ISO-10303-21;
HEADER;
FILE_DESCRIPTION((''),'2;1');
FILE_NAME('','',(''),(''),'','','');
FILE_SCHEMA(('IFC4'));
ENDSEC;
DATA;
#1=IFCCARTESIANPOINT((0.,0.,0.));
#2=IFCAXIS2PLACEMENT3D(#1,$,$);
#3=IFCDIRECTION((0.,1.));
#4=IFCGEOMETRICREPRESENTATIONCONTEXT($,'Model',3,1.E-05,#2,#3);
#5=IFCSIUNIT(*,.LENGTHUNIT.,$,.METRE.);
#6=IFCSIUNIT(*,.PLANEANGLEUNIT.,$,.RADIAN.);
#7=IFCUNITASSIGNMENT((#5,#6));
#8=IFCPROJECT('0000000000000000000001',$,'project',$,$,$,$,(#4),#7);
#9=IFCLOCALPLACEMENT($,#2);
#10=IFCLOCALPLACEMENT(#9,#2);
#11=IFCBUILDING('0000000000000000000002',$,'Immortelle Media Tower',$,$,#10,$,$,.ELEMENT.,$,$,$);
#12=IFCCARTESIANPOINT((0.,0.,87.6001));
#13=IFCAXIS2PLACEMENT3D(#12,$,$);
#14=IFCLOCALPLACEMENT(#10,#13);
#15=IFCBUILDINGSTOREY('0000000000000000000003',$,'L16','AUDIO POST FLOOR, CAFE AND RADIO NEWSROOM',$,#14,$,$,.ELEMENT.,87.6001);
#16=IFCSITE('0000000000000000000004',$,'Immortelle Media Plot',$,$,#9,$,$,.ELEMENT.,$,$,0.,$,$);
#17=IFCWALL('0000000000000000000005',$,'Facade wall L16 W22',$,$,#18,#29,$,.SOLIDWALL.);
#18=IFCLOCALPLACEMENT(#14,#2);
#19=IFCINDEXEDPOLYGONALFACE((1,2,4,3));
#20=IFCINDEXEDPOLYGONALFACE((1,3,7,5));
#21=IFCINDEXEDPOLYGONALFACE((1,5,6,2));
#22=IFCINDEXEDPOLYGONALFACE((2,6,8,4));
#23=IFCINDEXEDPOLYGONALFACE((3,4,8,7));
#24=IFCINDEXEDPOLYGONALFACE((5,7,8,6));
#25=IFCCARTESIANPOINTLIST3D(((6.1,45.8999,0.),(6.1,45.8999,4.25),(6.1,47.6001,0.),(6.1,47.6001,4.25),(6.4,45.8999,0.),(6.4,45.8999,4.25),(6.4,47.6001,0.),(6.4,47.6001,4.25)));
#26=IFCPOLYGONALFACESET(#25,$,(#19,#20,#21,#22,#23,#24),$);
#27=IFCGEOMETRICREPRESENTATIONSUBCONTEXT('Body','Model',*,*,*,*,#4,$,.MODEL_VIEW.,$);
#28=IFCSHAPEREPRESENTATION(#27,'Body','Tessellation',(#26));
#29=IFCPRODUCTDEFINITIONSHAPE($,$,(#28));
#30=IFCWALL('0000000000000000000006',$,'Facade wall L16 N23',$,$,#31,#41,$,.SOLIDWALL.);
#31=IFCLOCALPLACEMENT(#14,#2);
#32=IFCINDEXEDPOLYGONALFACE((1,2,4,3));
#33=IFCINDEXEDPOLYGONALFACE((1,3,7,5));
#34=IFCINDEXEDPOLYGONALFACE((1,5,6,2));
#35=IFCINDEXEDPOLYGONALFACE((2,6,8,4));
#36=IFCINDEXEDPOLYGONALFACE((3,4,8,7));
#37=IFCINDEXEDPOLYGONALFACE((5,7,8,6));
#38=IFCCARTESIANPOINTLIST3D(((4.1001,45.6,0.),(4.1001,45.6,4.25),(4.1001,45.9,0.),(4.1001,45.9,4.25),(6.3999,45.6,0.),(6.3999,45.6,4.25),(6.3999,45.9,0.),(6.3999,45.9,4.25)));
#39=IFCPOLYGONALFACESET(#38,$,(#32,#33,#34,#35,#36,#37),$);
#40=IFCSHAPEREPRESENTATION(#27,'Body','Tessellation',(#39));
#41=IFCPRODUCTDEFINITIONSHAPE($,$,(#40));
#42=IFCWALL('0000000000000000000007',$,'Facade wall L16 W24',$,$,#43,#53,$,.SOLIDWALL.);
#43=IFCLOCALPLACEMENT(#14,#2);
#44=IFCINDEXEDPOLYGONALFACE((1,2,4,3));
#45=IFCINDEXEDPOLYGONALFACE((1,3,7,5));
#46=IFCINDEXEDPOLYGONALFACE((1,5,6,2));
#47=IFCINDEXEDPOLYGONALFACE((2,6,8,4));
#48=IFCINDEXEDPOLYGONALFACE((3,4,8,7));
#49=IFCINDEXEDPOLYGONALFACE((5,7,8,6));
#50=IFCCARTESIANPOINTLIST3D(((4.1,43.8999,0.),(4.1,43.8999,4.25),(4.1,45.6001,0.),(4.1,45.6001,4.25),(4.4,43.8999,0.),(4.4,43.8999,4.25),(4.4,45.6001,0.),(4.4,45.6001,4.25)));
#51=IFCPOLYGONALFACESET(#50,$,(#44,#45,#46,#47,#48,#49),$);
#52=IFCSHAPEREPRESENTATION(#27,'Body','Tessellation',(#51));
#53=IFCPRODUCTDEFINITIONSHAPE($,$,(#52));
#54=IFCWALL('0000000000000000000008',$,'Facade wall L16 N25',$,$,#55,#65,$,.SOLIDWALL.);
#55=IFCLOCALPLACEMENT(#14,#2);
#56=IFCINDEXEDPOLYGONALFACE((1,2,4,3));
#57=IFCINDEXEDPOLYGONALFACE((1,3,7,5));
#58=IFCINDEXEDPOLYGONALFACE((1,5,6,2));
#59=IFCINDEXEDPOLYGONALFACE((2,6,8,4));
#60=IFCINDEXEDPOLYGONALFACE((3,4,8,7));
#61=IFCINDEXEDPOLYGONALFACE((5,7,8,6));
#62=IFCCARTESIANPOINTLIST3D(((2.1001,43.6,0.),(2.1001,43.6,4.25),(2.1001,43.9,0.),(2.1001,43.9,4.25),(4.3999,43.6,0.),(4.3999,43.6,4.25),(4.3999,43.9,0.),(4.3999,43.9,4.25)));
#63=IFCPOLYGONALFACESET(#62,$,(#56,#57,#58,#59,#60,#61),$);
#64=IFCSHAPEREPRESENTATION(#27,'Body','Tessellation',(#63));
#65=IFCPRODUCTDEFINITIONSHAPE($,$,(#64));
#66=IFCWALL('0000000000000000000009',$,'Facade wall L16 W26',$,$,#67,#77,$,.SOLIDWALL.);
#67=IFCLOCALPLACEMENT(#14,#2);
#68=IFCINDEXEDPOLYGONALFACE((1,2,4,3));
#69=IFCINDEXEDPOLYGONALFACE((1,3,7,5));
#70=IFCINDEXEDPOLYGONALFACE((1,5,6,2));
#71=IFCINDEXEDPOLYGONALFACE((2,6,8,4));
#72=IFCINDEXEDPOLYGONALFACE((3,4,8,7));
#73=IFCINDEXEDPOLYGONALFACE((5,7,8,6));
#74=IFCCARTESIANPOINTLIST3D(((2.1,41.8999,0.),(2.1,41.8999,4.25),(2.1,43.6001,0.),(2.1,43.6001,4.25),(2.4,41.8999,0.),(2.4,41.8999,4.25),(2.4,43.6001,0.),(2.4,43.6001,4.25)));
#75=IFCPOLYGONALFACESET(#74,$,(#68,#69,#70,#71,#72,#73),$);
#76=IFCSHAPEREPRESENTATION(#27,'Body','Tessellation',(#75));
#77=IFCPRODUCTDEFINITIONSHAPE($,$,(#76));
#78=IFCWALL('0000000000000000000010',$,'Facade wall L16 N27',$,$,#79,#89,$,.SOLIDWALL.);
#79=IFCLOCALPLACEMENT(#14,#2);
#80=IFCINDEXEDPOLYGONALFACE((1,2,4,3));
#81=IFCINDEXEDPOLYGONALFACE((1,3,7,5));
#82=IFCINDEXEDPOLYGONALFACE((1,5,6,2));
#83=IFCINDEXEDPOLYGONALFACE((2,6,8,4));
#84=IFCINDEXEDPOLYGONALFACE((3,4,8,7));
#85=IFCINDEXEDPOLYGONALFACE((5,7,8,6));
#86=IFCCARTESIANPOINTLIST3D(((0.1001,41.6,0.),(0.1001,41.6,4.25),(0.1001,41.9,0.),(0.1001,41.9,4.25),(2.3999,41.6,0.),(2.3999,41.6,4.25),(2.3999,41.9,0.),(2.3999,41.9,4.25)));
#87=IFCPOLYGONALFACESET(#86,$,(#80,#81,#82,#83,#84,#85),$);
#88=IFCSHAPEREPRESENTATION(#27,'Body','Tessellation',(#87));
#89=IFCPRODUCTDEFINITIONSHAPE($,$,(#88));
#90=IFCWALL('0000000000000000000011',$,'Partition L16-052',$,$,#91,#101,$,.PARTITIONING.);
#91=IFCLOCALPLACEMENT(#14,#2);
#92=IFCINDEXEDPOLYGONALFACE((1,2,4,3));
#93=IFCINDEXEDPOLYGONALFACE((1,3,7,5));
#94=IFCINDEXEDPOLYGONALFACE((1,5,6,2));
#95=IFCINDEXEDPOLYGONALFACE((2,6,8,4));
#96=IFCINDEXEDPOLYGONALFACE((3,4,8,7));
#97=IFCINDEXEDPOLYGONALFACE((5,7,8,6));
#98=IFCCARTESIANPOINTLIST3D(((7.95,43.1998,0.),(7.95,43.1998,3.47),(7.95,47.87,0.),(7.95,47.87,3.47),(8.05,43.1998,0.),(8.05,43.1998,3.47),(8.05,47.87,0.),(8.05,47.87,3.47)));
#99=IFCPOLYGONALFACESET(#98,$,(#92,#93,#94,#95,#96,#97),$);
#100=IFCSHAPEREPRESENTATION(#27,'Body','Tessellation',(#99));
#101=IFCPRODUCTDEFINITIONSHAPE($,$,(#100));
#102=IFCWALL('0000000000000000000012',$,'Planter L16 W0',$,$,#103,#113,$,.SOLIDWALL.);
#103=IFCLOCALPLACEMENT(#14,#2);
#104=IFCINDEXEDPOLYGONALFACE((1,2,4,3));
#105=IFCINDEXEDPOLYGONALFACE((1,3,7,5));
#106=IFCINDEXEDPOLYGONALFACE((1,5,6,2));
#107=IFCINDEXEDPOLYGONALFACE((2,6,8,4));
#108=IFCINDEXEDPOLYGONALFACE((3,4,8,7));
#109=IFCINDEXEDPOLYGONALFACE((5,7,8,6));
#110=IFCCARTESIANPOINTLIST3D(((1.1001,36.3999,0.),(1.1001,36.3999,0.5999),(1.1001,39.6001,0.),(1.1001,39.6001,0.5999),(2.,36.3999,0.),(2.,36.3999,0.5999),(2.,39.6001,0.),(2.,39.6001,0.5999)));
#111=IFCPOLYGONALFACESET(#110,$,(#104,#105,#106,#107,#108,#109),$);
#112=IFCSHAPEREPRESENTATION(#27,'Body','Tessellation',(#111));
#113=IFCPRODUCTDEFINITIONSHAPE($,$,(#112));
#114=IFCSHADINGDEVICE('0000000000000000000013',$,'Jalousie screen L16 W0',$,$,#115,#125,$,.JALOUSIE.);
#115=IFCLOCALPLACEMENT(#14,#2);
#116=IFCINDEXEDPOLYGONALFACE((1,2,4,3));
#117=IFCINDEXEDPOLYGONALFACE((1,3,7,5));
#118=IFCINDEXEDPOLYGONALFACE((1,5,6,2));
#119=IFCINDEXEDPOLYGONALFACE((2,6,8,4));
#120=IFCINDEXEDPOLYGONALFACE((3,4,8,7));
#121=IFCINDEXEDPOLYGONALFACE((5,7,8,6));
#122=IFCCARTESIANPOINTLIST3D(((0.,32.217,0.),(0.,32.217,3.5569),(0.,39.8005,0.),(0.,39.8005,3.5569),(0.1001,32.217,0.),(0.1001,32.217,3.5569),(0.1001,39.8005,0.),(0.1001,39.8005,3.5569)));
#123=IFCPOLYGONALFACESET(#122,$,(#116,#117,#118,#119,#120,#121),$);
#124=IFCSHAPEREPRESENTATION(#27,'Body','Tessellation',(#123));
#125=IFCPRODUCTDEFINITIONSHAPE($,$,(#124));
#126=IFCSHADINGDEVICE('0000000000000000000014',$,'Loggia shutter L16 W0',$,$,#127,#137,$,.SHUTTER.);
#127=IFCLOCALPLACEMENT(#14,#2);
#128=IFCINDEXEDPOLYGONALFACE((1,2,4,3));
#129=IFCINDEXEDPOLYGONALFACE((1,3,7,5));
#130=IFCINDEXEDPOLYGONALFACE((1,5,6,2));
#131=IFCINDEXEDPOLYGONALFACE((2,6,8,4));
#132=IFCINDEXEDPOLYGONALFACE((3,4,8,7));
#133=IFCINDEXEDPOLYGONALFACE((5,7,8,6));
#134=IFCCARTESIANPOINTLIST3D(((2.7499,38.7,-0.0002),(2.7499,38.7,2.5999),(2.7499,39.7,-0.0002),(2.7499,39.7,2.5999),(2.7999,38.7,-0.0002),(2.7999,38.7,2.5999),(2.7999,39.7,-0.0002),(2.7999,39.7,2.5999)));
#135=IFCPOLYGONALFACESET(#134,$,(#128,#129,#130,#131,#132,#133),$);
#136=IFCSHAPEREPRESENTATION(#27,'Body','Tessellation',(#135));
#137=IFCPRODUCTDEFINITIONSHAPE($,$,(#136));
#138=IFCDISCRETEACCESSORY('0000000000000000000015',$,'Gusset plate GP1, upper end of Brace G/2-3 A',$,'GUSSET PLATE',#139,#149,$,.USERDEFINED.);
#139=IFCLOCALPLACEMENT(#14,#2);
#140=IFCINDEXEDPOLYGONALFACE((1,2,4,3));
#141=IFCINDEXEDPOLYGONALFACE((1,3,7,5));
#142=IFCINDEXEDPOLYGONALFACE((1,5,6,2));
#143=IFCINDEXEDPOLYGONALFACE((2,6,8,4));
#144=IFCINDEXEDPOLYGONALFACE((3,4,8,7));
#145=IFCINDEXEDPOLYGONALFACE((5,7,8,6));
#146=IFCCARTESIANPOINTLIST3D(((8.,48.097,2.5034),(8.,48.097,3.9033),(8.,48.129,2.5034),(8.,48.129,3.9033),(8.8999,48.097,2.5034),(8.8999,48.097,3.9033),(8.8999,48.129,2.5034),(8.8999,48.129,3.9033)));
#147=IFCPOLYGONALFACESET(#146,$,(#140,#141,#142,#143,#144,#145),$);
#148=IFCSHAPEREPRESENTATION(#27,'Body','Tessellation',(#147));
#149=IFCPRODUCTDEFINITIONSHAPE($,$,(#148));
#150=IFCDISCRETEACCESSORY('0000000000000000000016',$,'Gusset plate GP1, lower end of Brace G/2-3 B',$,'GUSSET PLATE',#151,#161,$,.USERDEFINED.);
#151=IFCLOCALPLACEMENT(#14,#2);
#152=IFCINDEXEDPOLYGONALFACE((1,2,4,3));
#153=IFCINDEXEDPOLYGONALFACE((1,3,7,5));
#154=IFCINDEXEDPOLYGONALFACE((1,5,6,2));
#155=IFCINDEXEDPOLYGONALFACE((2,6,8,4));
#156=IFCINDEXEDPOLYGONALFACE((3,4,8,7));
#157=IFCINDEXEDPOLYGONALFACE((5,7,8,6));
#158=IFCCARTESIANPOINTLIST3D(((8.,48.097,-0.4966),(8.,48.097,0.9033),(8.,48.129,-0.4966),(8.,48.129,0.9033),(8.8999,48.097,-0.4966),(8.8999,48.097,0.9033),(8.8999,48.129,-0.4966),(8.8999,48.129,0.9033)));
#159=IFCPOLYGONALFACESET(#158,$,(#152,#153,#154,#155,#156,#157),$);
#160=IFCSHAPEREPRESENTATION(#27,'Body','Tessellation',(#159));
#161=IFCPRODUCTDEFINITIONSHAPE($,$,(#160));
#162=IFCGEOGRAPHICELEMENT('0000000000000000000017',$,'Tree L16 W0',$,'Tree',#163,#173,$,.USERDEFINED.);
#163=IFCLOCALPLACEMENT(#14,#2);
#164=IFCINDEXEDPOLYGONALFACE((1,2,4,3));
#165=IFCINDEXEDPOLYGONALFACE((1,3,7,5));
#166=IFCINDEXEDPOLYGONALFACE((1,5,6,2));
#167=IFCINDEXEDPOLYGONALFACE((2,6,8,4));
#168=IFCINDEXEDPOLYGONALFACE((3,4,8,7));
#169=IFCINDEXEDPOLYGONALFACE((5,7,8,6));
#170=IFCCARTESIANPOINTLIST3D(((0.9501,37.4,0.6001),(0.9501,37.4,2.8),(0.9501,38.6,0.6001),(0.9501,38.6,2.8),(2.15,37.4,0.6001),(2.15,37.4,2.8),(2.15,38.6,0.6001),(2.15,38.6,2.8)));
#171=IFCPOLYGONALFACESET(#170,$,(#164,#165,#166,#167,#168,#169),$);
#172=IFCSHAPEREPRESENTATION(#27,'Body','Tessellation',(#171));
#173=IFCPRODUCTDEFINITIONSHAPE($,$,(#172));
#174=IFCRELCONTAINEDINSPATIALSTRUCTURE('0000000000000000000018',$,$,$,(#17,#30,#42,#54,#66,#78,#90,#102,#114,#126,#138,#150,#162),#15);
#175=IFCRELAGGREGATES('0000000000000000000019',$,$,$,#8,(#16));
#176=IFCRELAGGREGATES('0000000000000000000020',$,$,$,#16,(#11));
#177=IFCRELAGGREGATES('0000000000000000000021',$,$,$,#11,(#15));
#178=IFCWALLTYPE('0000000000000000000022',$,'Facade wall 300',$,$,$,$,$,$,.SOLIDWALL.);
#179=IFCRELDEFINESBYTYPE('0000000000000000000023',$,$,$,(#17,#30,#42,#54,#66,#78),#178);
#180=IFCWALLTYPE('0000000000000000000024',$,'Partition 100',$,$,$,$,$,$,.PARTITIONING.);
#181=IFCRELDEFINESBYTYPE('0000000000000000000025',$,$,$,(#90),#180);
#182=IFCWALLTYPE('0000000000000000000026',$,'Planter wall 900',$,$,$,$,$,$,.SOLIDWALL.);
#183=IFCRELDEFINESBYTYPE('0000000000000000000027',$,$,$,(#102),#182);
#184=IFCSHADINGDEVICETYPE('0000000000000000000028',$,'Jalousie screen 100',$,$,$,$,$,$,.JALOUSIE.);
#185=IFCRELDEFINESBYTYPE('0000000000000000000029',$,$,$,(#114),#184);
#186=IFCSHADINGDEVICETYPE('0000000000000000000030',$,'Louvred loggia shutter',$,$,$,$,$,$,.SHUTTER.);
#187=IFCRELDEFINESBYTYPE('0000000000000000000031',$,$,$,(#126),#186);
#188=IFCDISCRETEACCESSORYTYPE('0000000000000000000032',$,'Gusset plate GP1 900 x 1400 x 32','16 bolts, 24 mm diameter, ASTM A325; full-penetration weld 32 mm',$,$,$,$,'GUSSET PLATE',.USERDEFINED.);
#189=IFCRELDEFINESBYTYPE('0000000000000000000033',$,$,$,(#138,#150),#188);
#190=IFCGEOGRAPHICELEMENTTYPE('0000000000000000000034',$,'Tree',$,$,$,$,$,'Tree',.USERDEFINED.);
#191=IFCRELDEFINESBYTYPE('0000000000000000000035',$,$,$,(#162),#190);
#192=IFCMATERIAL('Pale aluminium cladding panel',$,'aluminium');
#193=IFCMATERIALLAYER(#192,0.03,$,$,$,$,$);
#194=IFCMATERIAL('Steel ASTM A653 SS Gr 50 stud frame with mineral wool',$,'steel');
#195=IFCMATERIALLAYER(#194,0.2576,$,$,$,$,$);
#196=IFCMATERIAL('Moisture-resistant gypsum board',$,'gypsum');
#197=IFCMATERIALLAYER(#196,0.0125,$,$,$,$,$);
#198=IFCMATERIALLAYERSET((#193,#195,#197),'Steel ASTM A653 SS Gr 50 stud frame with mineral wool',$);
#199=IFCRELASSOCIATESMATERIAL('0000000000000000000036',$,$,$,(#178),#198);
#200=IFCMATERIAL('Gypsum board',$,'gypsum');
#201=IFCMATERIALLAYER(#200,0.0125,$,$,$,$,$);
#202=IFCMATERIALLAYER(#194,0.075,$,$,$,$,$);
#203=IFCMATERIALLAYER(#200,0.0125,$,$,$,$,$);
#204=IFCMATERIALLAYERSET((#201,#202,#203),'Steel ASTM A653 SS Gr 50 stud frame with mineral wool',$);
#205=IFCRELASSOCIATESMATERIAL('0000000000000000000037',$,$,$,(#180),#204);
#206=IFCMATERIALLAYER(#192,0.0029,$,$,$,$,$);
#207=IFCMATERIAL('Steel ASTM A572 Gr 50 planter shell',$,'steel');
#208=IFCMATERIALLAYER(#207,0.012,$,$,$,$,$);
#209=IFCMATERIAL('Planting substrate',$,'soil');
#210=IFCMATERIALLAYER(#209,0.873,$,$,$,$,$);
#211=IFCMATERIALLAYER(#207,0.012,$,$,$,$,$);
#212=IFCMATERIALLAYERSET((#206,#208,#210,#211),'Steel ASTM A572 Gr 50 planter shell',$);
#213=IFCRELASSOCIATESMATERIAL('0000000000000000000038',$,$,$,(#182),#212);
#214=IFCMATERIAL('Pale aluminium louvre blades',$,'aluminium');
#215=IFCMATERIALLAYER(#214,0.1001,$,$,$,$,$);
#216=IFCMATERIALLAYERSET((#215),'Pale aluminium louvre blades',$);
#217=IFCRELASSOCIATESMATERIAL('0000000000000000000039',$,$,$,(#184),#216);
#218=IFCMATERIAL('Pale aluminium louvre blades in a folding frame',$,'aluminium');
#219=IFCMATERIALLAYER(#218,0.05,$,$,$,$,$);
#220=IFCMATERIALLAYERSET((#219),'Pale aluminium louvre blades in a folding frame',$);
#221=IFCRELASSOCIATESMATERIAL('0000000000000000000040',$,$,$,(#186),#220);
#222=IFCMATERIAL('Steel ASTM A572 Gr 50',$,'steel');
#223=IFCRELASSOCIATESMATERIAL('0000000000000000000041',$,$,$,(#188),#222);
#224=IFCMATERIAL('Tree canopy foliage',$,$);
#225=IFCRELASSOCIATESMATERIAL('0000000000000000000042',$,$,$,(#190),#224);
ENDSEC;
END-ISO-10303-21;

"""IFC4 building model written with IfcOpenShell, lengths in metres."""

from ifc_helpers import new_model, si_unit, direction, frame, frame_2d, origin, origin_2d, place, context, subcontext, project, spatial, rectangle, extrude, material, layer, layer_set, material_profile, profile_set, type_object, element, save


model = new_model("IFC4")

# Units and contexts
model_context = context("Model", 3, precision=1e-05, world=origin(), true_north=direction((0.0, 1.0)))
body_context = subcontext(model_context, "Body", "Model", "MODEL_VIEW")
ifc_project = project(units=[si_unit("LENGTHUNIT", "METRE"), si_unit("PLANEANGLEUNIT", "RADIAN")], contexts=[model_context])

# Site, building, storey
site_placement = place(None, origin())
site = spatial("IfcSite", under=ifc_project, at=site_placement, Name="Immortelle Media Plot", CompositionType="ELEMENT", RefElevation=0.0)
building_placement = place(site_placement, origin())
building = spatial("IfcBuilding", under=site, at=building_placement, Name="Immortelle Media Tower", CompositionType="ELEMENT")
storey_placement = place(building_placement, frame((0.0, 0.0, 87.6001)))
storey = spatial("IfcBuildingStorey", under=building, at=storey_placement, Name="L16", Description="AUDIO POST FLOOR, CAFE AND RADIO NEWSROOM", CompositionType="ELEMENT", Elevation=87.6001)

# Shared definitions
ifc_material_1 = material(Name="Steel ASTM A653 SS Gr 50 stud frame with mineral wool", Category="steel")

# Shared definitions
ifc_material_2 = material(Name="Pale aluminium cladding panel", Category="aluminium")
ifc_layer_1 = layer(ifc_material_2, 0.03)
ifc_layer_2 = layer(ifc_material_1, 0.2576)
ifc_material_3 = material(Name="Moisture-resistant gypsum board", Category="gypsum")
ifc_layer_3 = layer(ifc_material_3, 0.0125)
ifc_layer_set_1 = layer_set([ifc_layer_1, ifc_layer_2, ifc_layer_3], Name="Steel ASTM A653 SS Gr 50 stud frame with mineral wool")
wall_type_1 = type_object("IfcWallType", Name="Facade wall 300", PredefinedType="SOLIDWALL", material=ifc_layer_set_1)

# Walls
wall_1_placement = place(storey_placement, frame((6.25, 47.6001, 0.0), z_axis=(0.0, 0.0, 1.0), x_axis=(0.0, -1.0, 0.0)))
element("IfcWall", 1, at=wall_1_placement, inside=storey, type_object=wall_type_1, Name="Facade wall L16 W22", PredefinedType="SOLIDWALL", context=body_context, shape_type="SweptSolid", body=[
    extrude(rectangle(XDim=1.7002, YDim=0.3, at=frame_2d((0.8501, 0.0))), origin(), (0.0, 0.0, 1.0), 4.25),
])
wall_2_placement = place(storey_placement, frame((6.3999, 45.75, 0.0), z_axis=(0.0, 0.0, 1.0), x_axis=(-1.0, 0.0, 0.0)))
element("IfcWall", 2, at=wall_2_placement, inside=storey, type_object=wall_type_1, Name="Facade wall L16 N23", PredefinedType="SOLIDWALL", context=body_context, shape_type="SweptSolid", body=[
    extrude(rectangle(XDim=2.2998, YDim=0.3, at=frame_2d((1.1499, 0.0))), origin(), (0.0, 0.0, 1.0), 4.25),
])
wall_3_placement = place(storey_placement, frame((4.25, 45.6001, 0.0), z_axis=(0.0, 0.0, 1.0), x_axis=(0.0, -1.0, 0.0)))
element("IfcWall", 3, at=wall_3_placement, inside=storey, type_object=wall_type_1, Name="Facade wall L16 W24", PredefinedType="SOLIDWALL", context=body_context, shape_type="SweptSolid", body=[
    extrude(rectangle(XDim=1.7002, YDim=0.3, at=frame_2d((0.8501, 0.0))), origin(), (0.0, 0.0, 1.0), 4.25),
])
wall_4_placement = place(storey_placement, frame((4.3999, 43.75, 0.0), z_axis=(0.0, 0.0, 1.0), x_axis=(-1.0, 0.0, 0.0)))
element("IfcWall", 4, at=wall_4_placement, inside=storey, type_object=wall_type_1, Name="Facade wall L16 N25", PredefinedType="SOLIDWALL", context=body_context, shape_type="SweptSolid", body=[
    extrude(rectangle(XDim=2.2998, YDim=0.3, at=frame_2d((1.1499, 0.0))), origin(), (0.0, 0.0, 1.0), 4.25),
])
wall_5_placement = place(storey_placement, frame((2.25, 43.6001, 0.0), z_axis=(0.0, 0.0, 1.0), x_axis=(0.0, -1.0, 0.0)))
element("IfcWall", 5, at=wall_5_placement, inside=storey, type_object=wall_type_1, Name="Facade wall L16 W26", PredefinedType="SOLIDWALL", context=body_context, shape_type="SweptSolid", body=[
    extrude(rectangle(XDim=1.7002, YDim=0.3, at=frame_2d((0.8501, 0.0))), origin(), (0.0, 0.0, 1.0), 4.25),
])
wall_6_placement = place(storey_placement, frame((2.3999, 41.75, 0.0), z_axis=(0.0, 0.0, 1.0), x_axis=(-1.0, 0.0, 0.0)))
element("IfcWall", 6, at=wall_6_placement, inside=storey, type_object=wall_type_1, Name="Facade wall L16 N27", PredefinedType="SOLIDWALL", context=body_context, shape_type="SweptSolid", body=[
    extrude(rectangle(XDim=2.2998, YDim=0.3, at=frame_2d((1.1499, 0.0))), origin(), (0.0, 0.0, 1.0), 4.25),
])
ifc_material_4 = material(Name="Gypsum board", Category="gypsum")
ifc_layer_4 = layer(ifc_material_4, 0.0125)
ifc_layer_5 = layer(ifc_material_1, 0.075)
ifc_layer_6 = layer(ifc_material_4, 0.0125)
ifc_layer_set_2 = layer_set([ifc_layer_4, ifc_layer_5, ifc_layer_6], Name="Steel ASTM A653 SS Gr 50 stud frame with mineral wool")
wall_type_2 = type_object("IfcWallType", Name="Partition 100", PredefinedType="PARTITIONING", material=ifc_layer_set_2)
wall_7_placement = place(storey_placement, frame((8.0, 43.2, 0.0), z_axis=(0.0, 0.0, 1.0), x_axis=(0.0, 1.0, 0.0)))
element("IfcWall", 7, at=wall_7_placement, inside=storey, type_object=wall_type_2, Name="Partition L16-052", PredefinedType="PARTITIONING", context=body_context, shape_type="SweptSolid", body=[
    extrude(rectangle(XDim=4.6702, YDim=0.1001, at=frame_2d((2.335, 0.0))), origin(), (0.0, 0.0, 1.0), 3.47),
])
ifc_layer_7 = layer(ifc_material_2, 0.0029)
ifc_material_5 = material(Name="Steel ASTM A572 Gr 50 planter shell", Category="steel")
ifc_layer_8 = layer(ifc_material_5, 0.012)
ifc_material_6 = material(Name="Planting substrate", Category="soil")
ifc_layer_9 = layer(ifc_material_6, 0.873)
ifc_layer_10 = layer(ifc_material_5, 0.012)
ifc_layer_set_3 = layer_set([ifc_layer_7, ifc_layer_8, ifc_layer_9, ifc_layer_10], Name="Steel ASTM A572 Gr 50 planter shell")
wall_type_3 = type_object("IfcWallType", Name="Planter wall 900", PredefinedType="SOLIDWALL", material=ifc_layer_set_3)
wall_8_placement = place(storey_placement, frame((1.55, 39.6001, 0.0), z_axis=(0.0, 0.0, 1.0), x_axis=(0.0, -1.0, 0.0)))
element("IfcWall", 8, at=wall_8_placement, inside=storey, type_object=wall_type_3, Name="Planter L16 W0", PredefinedType="SOLIDWALL", context=body_context, shape_type="SweptSolid", body=[
    extrude(rectangle(XDim=3.2002, YDim=0.8999, at=frame_2d((1.6001, 0.0))), origin(), (0.0, 0.0, 1.0), 0.5999),
])

# Shading devices
ifc_material_7 = material(Name="Pale aluminium louvre blades", Category="aluminium")
ifc_layer_11 = layer(ifc_material_7, 0.1001)
ifc_layer_set_4 = layer_set([ifc_layer_11], Name="Pale aluminium louvre blades")
shading_device_type_1 = type_object("IfcShadingDeviceType", Name="Jalousie screen 100", PredefinedType="JALOUSIE", material=ifc_layer_set_4)
shading_device_1_placement = place(storey_placement, frame((0.05, 36.0088, 0.0), z_axis=(0.0, 0.0, 1.0), x_axis=(0.0, -1.0, 0.0)))
element("IfcShadingDevice", 9, at=shading_device_1_placement, inside=storey, type_object=shading_device_type_1, Name="Jalousie screen L16 W0", PredefinedType="JALOUSIE", context=body_context, shape_type="SweptSolid", body=[
    extrude(rectangle(XDim=7.5835, YDim=0.1001, at=origin_2d()), origin(), (0.0, 0.0, 1.0), 3.5569),
])
ifc_material_8 = material(Name="Pale aluminium louvre blades in a folding frame", Category="aluminium")
ifc_layer_12 = layer(ifc_material_8, 0.05)
ifc_layer_set_5 = layer_set([ifc_layer_12], Name="Pale aluminium louvre blades in a folding frame")
shading_device_type_2 = type_object("IfcShadingDeviceType", Name="Louvred loggia shutter", PredefinedType="SHUTTER", material=ifc_layer_set_5)
shading_device_2_placement = place(storey_placement, frame((2.7749, 39.2, -0.0002), z_axis=(0.0, 0.0, 1.0), x_axis=(0.0, -1.0, 0.0)))
element("IfcShadingDevice", 10, at=shading_device_2_placement, inside=storey, type_object=shading_device_type_2, Name="Loggia shutter L16 W0", PredefinedType="SHUTTER", context=body_context, shape_type="SweptSolid", body=[
    extrude(rectangle(XDim=1.0, YDim=0.05, at=origin_2d()), origin(), (0.0, 0.0, 1.0), 2.6001),
])

# Discrete accessories
ifc_material_9 = material(Name="Steel ASTM A572 Gr 50", Category="steel")
ifc_material_profile_1 = material_profile(ifc_material_9, rectangle(XDim=0.032, YDim=1.3999, at=origin_2d()), Name="PL 32 x 1400")
ifc_profile_set_1 = profile_set([ifc_material_profile_1], Name="Steel ASTM A572 Gr 50")
discrete_accessory_type = type_object("IfcDiscreteAccessoryType", Name="Gusset plate GP1 900 x 1400 x 32", Description="16 bolts, 24 mm diameter, ASTM A325; full-penetration weld 32 mm", ElementType="GUSSET PLATE", PredefinedType="USERDEFINED", material=ifc_profile_set_1)
for number, where, z_axis, x_axis, name in (
    (11, (8.0, 48.113, 3.2034), (1.0, 0.0, 0.0), (0.0, 1.0, 0.0), "Gusset plate GP1, upper end of Brace G/2-3 A"),
    (12, (8.0, 48.113, 0.2034), (1.0, 0.0, 0.0), (0.0, 1.0, 0.0), "Gusset plate GP1, lower end of Brace G/2-3 B"),
):
    element("IfcDiscreteAccessory", number, at=place(storey_placement, frame(where, z_axis=z_axis, x_axis=x_axis)), inside=storey, type_object=discrete_accessory_type, Name=name, ObjectType="GUSSET PLATE", PredefinedType="USERDEFINED", context=body_context, shape_type="SweptSolid", body=[
        extrude(rectangle(XDim=0.032, YDim=1.3999, at=origin_2d()), origin(), (0.0, 0.0, 1.0), 0.8999),
    ])

# Geographic element
ifc_material_10 = material(Name="Tree canopy foliage")
geographic_element_type = type_object("IfcGeographicElementType", Name="Tree", ElementType="Tree", PredefinedType="USERDEFINED", material=ifc_material_10)
geographic_element_placement = place(storey_placement, frame((1.55, 38.0, 0.6001), z_axis=(0.0, 0.0, 1.0), x_axis=(1.0, 0.0, 0.0)))
element("IfcGeographicElement", 13, at=geographic_element_placement, inside=storey, type_object=geographic_element_type, Name="Tree L16 W0", ObjectType="Tree", PredefinedType="USERDEFINED", context=body_context, shape_type="SweptSolid", body=[
    extrude(rectangle(XDim=1.2, YDim=1.2, at=origin_2d()), origin(), (0.0, 0.0, 1.0), 2.2),
])

save(model, "model.ifc")
